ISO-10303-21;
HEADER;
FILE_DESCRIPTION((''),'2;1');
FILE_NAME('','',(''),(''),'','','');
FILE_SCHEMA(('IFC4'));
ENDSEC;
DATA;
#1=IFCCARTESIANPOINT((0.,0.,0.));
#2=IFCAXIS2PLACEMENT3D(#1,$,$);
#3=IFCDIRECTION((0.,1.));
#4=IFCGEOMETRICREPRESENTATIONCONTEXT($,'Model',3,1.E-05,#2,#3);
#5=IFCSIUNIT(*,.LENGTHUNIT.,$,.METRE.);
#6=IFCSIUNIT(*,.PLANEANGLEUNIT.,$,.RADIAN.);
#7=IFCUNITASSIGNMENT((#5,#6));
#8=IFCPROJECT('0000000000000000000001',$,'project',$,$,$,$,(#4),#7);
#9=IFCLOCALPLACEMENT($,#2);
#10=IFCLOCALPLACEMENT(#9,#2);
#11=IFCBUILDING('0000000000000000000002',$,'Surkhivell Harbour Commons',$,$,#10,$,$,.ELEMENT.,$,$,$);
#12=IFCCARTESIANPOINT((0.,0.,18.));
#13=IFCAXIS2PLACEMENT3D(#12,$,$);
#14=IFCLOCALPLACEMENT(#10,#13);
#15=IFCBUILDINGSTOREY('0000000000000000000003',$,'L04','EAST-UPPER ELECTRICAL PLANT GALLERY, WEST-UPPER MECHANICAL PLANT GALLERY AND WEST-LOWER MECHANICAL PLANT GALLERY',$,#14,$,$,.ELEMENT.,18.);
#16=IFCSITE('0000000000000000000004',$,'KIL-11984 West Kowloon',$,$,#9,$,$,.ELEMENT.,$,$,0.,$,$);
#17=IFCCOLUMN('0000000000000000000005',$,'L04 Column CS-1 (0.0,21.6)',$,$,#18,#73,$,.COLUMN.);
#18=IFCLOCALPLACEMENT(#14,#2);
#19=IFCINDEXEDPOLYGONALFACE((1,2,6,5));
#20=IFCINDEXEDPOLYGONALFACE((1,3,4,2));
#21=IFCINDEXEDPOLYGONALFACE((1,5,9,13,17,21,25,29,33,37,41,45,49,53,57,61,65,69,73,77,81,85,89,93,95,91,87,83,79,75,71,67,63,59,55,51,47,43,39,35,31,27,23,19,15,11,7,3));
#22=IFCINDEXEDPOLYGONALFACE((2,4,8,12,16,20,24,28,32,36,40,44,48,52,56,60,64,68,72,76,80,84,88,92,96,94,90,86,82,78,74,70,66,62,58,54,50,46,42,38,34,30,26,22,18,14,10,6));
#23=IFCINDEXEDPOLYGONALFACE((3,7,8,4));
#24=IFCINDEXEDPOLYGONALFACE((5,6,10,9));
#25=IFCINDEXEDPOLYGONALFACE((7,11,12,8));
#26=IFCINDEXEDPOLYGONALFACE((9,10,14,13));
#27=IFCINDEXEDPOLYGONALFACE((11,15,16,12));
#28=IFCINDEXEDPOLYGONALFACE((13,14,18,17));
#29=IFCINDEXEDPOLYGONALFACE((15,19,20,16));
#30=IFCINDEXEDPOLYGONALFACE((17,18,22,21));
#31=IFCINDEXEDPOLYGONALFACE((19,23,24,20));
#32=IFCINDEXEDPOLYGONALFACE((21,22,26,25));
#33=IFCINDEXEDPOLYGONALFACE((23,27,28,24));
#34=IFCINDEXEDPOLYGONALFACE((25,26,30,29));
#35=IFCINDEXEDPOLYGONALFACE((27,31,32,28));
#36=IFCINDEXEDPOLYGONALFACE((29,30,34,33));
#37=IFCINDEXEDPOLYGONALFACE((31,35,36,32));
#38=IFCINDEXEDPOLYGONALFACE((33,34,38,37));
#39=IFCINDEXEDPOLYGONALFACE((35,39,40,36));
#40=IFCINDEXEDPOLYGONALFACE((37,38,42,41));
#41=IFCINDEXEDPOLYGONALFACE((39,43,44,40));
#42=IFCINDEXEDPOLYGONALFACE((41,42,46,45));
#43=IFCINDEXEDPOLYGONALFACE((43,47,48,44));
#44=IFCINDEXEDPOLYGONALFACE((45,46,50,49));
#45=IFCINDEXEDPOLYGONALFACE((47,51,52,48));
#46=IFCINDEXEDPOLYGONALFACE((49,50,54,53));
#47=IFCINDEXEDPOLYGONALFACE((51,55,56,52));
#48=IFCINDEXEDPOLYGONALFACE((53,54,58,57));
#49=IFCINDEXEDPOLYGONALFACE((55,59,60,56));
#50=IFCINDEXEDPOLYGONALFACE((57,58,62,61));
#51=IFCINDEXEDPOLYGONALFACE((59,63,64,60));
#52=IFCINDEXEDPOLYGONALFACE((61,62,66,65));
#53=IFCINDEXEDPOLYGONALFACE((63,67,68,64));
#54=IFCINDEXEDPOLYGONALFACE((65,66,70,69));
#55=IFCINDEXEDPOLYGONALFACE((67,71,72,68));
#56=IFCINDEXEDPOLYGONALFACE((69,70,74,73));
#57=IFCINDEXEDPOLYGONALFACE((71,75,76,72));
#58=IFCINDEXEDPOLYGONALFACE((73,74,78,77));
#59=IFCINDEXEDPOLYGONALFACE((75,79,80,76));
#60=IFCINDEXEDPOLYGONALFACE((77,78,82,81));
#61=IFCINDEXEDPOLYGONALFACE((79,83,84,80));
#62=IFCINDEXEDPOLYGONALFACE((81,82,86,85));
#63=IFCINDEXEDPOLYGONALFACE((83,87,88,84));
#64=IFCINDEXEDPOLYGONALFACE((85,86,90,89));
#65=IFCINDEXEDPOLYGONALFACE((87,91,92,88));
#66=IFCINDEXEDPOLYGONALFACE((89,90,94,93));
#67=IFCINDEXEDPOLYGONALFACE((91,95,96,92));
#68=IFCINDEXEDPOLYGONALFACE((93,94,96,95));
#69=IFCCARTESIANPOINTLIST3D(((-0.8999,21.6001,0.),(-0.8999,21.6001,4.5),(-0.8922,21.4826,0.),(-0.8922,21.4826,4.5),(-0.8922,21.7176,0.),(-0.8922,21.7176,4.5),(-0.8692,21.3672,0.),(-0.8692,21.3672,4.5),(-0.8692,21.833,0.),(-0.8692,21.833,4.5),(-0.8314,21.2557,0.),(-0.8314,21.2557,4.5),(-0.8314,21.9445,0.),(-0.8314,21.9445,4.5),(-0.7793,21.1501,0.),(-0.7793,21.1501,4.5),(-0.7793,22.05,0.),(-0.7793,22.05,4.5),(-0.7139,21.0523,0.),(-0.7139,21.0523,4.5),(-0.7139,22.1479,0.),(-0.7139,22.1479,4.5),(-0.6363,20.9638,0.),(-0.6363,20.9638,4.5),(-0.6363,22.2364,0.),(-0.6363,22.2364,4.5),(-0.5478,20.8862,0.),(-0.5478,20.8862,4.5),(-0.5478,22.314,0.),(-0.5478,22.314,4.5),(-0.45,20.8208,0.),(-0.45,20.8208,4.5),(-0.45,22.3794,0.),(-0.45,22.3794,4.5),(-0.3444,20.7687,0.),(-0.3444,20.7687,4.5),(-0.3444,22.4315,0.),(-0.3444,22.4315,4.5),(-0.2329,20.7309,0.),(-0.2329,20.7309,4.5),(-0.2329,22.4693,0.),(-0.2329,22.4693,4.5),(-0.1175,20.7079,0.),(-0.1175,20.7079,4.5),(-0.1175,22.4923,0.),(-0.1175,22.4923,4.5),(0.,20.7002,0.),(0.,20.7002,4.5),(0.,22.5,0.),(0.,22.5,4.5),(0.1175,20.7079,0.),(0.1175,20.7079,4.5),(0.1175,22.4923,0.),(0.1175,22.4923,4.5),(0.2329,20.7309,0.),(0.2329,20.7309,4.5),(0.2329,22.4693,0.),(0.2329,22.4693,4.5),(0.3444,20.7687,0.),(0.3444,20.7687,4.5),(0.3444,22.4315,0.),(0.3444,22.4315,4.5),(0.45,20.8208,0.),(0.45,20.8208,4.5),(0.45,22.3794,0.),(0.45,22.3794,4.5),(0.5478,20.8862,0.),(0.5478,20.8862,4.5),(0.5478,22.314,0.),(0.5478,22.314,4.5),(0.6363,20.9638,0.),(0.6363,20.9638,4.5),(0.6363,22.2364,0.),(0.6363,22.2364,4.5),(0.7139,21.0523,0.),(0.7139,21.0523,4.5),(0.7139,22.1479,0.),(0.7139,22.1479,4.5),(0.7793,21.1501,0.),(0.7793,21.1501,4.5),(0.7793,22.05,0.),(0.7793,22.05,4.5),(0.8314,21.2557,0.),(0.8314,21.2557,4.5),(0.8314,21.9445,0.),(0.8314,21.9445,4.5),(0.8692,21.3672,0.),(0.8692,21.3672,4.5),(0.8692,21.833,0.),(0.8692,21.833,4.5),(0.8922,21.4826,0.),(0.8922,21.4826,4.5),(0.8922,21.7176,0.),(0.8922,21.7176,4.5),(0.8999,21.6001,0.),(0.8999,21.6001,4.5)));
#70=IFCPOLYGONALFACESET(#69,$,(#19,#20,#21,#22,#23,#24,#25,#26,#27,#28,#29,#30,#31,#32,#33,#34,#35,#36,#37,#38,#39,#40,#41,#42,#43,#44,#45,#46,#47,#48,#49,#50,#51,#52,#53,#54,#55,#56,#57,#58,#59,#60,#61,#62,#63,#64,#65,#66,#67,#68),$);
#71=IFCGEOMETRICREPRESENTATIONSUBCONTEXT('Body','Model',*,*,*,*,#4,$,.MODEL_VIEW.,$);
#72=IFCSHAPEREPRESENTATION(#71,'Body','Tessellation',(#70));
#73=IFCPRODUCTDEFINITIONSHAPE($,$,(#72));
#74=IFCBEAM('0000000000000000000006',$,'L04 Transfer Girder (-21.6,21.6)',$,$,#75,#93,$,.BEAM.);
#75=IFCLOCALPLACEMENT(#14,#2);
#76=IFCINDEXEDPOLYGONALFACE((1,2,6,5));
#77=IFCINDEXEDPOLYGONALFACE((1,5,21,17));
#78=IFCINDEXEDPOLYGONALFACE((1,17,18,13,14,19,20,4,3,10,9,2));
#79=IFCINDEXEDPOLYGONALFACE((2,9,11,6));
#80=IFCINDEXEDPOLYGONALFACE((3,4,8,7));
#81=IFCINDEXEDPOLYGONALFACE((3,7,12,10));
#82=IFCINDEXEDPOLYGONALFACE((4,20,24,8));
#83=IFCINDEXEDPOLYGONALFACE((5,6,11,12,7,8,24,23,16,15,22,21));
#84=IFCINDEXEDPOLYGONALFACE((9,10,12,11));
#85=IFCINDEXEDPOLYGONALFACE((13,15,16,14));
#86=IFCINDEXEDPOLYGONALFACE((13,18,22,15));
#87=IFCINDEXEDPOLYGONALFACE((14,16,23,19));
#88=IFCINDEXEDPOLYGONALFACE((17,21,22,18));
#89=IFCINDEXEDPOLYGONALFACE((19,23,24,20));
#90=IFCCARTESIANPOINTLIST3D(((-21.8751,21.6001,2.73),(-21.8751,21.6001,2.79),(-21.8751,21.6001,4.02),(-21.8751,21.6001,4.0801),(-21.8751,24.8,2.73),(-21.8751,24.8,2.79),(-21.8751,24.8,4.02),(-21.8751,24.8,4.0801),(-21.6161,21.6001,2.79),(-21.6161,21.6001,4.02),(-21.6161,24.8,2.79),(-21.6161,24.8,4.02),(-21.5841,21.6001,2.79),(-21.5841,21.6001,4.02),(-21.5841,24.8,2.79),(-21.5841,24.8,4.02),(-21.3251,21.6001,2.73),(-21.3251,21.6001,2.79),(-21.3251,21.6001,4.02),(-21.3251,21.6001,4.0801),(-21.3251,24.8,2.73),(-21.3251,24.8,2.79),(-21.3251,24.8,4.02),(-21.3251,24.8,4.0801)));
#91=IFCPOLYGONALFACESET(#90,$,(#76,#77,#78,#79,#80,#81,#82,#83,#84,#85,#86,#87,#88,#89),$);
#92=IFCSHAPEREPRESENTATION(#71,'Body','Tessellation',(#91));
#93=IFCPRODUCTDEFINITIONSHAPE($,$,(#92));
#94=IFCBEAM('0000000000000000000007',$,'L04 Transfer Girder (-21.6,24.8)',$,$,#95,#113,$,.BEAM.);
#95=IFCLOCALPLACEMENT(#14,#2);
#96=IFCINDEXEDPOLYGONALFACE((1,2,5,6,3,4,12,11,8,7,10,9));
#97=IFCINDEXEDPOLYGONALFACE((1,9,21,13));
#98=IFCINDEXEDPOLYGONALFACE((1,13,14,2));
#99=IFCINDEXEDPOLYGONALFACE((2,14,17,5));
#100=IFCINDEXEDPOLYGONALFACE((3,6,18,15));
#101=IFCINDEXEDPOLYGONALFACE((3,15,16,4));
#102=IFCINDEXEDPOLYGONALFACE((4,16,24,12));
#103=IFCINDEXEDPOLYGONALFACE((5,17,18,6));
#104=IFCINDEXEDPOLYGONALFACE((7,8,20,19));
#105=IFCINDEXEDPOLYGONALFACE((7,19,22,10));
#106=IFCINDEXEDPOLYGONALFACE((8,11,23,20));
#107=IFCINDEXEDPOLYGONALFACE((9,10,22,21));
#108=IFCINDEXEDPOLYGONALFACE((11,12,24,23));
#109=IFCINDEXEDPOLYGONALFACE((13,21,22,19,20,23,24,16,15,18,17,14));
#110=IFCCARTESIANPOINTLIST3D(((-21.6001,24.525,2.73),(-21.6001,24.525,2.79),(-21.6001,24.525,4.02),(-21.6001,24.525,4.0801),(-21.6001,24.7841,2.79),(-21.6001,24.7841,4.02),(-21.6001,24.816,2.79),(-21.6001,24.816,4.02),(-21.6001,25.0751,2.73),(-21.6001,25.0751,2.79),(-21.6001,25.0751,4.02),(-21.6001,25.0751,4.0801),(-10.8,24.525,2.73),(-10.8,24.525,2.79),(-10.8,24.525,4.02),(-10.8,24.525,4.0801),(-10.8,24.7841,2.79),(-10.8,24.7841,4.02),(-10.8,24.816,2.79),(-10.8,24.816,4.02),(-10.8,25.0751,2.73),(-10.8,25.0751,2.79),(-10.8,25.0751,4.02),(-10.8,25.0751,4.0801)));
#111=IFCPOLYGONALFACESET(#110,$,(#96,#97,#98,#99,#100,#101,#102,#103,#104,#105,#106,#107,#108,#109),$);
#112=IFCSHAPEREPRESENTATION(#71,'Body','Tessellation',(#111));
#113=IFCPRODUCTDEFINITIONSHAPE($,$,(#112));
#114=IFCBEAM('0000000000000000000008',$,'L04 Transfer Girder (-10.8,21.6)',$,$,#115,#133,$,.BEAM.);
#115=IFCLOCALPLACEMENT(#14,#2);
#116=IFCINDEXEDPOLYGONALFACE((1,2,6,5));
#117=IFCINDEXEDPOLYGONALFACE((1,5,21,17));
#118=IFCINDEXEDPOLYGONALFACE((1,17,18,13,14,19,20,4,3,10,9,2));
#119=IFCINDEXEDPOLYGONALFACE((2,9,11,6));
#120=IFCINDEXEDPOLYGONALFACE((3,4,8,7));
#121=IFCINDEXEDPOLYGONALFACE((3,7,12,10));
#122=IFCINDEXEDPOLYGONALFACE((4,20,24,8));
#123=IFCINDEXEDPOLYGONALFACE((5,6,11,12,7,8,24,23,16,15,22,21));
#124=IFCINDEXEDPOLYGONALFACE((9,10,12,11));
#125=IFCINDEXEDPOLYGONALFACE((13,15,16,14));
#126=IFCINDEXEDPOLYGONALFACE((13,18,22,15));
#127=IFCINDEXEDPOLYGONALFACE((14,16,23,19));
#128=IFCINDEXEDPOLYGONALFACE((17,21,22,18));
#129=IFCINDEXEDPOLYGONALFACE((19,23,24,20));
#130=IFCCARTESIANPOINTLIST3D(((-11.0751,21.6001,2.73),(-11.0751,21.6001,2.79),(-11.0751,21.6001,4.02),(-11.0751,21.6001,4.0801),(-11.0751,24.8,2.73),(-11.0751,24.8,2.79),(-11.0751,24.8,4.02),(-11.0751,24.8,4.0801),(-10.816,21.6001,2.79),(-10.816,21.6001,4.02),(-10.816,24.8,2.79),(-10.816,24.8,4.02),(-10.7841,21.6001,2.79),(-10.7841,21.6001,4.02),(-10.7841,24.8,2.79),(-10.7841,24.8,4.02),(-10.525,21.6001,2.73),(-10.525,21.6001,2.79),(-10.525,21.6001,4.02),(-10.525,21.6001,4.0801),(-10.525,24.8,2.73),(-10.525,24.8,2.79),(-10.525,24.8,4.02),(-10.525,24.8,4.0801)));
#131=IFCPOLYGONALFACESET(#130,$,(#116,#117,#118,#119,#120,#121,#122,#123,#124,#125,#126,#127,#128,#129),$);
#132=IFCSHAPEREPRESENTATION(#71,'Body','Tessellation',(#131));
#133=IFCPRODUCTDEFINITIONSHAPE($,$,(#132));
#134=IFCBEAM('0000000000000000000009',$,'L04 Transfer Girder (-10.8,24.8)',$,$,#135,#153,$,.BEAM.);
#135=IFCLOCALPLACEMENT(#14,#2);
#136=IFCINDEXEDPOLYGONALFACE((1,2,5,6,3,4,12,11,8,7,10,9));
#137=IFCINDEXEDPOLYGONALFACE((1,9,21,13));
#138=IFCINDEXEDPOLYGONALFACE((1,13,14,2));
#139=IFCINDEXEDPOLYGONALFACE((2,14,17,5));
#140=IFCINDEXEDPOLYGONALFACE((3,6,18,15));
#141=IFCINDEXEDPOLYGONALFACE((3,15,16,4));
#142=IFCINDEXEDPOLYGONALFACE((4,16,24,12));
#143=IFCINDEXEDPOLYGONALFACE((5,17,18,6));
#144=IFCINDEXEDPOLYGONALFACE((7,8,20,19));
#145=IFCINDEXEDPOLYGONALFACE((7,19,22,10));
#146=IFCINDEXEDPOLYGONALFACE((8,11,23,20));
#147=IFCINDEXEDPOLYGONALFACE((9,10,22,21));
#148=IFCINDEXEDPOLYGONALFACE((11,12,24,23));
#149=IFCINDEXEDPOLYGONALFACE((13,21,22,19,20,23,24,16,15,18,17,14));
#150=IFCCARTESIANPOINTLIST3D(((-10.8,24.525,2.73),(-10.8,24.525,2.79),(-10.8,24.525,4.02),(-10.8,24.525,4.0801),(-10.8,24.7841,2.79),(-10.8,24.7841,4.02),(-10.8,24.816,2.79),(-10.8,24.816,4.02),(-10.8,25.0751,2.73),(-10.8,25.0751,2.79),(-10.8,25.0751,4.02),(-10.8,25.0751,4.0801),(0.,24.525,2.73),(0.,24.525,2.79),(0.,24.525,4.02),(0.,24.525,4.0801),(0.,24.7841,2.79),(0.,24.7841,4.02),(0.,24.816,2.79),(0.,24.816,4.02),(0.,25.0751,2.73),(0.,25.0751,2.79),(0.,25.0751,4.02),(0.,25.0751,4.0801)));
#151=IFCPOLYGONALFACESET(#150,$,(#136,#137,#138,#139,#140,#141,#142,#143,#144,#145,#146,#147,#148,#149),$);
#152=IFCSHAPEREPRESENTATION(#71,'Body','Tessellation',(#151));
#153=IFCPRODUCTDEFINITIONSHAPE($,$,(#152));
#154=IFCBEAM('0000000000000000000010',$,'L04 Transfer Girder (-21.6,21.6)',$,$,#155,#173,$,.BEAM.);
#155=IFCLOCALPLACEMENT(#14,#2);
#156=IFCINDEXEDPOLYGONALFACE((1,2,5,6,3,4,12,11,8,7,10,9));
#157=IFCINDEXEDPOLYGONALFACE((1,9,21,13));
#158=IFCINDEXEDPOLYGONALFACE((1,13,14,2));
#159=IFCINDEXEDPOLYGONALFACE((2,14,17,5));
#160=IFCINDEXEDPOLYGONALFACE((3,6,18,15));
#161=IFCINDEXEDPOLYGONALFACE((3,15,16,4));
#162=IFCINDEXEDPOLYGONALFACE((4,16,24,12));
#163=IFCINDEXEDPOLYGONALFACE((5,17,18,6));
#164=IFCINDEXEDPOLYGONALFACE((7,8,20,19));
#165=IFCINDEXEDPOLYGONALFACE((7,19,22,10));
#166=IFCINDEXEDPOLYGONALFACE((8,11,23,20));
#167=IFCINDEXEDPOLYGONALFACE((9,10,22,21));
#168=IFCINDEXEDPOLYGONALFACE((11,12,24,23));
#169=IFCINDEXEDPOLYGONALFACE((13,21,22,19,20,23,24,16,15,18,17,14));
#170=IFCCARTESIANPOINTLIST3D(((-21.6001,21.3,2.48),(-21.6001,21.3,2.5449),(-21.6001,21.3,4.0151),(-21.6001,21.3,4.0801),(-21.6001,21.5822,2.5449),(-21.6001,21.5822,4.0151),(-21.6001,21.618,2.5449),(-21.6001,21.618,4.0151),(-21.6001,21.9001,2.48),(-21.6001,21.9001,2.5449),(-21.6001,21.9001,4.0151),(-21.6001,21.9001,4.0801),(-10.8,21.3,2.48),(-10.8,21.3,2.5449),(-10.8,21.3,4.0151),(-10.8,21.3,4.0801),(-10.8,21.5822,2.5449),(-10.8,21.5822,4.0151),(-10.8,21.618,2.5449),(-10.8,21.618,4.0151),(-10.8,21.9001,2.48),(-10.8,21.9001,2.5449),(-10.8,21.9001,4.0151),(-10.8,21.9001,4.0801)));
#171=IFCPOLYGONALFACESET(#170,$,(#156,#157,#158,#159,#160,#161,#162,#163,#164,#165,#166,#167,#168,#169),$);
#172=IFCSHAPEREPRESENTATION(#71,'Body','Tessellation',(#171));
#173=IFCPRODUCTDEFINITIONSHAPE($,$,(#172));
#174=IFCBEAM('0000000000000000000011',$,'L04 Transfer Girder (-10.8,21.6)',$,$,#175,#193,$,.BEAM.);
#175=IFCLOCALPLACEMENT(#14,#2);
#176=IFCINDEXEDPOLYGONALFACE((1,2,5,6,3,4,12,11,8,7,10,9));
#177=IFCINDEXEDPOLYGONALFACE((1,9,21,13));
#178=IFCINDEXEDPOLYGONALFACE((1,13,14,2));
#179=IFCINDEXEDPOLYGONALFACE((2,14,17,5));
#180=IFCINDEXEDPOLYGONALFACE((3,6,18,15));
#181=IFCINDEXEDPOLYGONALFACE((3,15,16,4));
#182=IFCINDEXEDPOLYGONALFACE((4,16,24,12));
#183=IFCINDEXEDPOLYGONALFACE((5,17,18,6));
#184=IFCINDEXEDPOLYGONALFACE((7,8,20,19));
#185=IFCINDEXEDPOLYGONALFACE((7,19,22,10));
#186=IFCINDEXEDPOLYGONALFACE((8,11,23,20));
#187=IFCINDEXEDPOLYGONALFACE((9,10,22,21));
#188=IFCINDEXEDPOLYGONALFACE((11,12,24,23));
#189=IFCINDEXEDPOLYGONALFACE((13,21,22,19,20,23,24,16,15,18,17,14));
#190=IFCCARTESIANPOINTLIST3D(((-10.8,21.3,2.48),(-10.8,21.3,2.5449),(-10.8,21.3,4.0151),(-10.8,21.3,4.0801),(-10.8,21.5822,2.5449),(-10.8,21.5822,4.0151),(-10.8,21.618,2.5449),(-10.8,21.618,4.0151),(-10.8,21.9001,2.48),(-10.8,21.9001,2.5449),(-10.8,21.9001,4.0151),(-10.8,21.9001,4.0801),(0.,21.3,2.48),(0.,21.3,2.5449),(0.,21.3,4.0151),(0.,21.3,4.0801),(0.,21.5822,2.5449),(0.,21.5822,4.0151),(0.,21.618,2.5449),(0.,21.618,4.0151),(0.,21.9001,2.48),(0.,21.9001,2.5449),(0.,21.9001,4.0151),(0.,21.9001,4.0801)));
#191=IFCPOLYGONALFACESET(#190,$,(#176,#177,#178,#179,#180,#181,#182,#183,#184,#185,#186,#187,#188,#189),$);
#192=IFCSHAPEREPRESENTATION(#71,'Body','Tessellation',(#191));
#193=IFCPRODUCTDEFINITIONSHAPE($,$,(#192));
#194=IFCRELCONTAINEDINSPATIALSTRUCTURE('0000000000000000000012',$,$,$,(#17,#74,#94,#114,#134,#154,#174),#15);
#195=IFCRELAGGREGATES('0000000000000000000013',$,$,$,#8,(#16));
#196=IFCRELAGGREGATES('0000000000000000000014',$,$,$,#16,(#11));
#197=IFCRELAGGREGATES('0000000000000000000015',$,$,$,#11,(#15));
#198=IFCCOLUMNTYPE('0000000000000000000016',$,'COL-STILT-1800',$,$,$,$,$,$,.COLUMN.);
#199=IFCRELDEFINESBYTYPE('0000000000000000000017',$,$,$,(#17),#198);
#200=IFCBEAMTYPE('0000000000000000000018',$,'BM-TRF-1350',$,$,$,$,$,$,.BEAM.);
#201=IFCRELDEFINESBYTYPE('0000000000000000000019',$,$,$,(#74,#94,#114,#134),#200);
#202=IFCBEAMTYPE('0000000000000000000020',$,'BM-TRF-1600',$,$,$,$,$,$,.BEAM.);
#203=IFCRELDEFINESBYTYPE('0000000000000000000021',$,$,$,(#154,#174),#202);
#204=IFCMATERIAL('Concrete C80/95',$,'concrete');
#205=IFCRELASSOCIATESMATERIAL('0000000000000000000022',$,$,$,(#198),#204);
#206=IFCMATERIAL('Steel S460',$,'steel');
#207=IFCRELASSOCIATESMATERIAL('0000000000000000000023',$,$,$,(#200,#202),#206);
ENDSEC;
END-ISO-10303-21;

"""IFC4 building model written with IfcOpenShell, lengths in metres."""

from ifc_helpers import new_model, si_unit, direction, frame, origin, origin_2d, place, context, subcontext, project, spatial, circle, i_section, extrude, material, material_profile, profile_set, type_object, element, save


model = new_model("IFC4")

# Units and contexts
model_context = context("Model", 3, precision=1e-05, world=origin(), true_north=direction((0.0, 1.0)))
body_context = subcontext(model_context, "Body", "Model", "MODEL_VIEW")
ifc_project = project(units=[si_unit("LENGTHUNIT", "METRE"), si_unit("PLANEANGLEUNIT", "RADIAN")], contexts=[model_context])

# Site, building, storey
site_placement = place(None, origin())
site = spatial("IfcSite", under=ifc_project, at=site_placement, Name="KIL-11984 West Kowloon", CompositionType="ELEMENT", RefElevation=0.0)
building_placement = place(site_placement, origin())
building = spatial("IfcBuilding", under=site, at=building_placement, Name="Surkhivell Harbour Commons", CompositionType="ELEMENT")
storey_placement = place(building_placement, frame((0.0, 0.0, 18.0)))
storey = spatial("IfcBuildingStorey", under=building, at=storey_placement, Name="L04", Description="EAST-UPPER ELECTRICAL PLANT GALLERY, WEST-UPPER MECHANICAL PLANT GALLERY AND WEST-LOWER MECHANICAL PLANT GALLERY", CompositionType="ELEMENT", Elevation=18.0)

# Column
ifc_material_1 = material(Name="Concrete C80/95", Category="concrete")
ifc_material_profile_1 = material_profile(ifc_material_1, circle(Radius=0.8999, at=origin_2d()), Name="RC-CIRC-1800")
ifc_profile_set_1 = profile_set([ifc_material_profile_1], Name="Concrete C80/95")
column_type_1 = type_object("IfcColumnType", Name="COL-STILT-1800", PredefinedType="COLUMN", material=ifc_profile_set_1)
for number, where, z_axis, x_axis, name in (
    (1, (0.0, 21.6001, 0.0), (0.0, 0.0, 1.0), (1.0, 0.0, 0.0), "L04 Column CS-1 (0.0,21.6)"),
):
    element("IfcColumn", number, at=place(storey_placement, frame(where, z_axis=z_axis, x_axis=x_axis)), inside=storey, type_object=column_type_1, Name=name, PredefinedType="COLUMN", context=body_context, shape_type="SweptSolid", body=[
        extrude(circle(Radius=0.8999, at=origin_2d()), origin(), (0.0, 0.0, 1.0), 4.5),
    ])

# Beams
ifc_material_2 = material(Name="Steel S460", Category="steel")
ifc_material_profile_2 = material_profile(ifc_material_2, i_section(OverallWidth=0.55, OverallDepth=1.3501, WebThickness=0.032, FlangeThickness=0.0601, at=origin_2d()), Name="WPG1350x550x248")
ifc_profile_set_2 = profile_set([ifc_material_profile_2], Name="Steel S460")
beam_type_1 = type_object("IfcBeamType", Name="BM-TRF-1350", PredefinedType="BEAM", material=ifc_profile_set_2)
beam_1_placement = place(storey_placement, frame((-21.6001, 21.6001, 3.405), z_axis=(0.0, 1.0, 0.0), x_axis=(-1.0, 0.0, 0.0)))
element("IfcBeam", 2, at=beam_1_placement, inside=storey, type_object=beam_type_1, Name="L04 Transfer Girder (-21.6,21.6)", PredefinedType="BEAM", context=body_context, shape_type="SweptSolid", body=[
    extrude(i_section(OverallWidth=0.55, OverallDepth=1.3501, WebThickness=0.032, FlangeThickness=0.0601, at=origin_2d()), origin(), (0.0, 0.0, 1.0), 3.2),
])
beam_2_placement = place(storey_placement, frame((-21.6001, 24.8, 3.405), z_axis=(1.0, 0.0, 0.0), x_axis=(0.0, 1.0, 0.0)))
element("IfcBeam", 3, at=beam_2_placement, inside=storey, type_object=beam_type_1, Name="L04 Transfer Girder (-21.6,24.8)", PredefinedType="BEAM", context=body_context, shape_type="SweptSolid", body=[
    extrude(i_section(OverallWidth=0.55, OverallDepth=1.3501, WebThickness=0.032, FlangeThickness=0.0601, at=origin_2d()), origin(), (0.0, 0.0, 1.0), 10.8),
])
beam_3_placement = place(storey_placement, frame((-10.8, 21.6001, 3.405), z_axis=(0.0, 1.0, 0.0), x_axis=(-1.0, 0.0, 0.0)))
element("IfcBeam", 4, at=beam_3_placement, inside=storey, type_object=beam_type_1, Name="L04 Transfer Girder (-10.8,21.6)", PredefinedType="BEAM", context=body_context, shape_type="SweptSolid", body=[
    extrude(i_section(OverallWidth=0.55, OverallDepth=1.3501, WebThickness=0.032, FlangeThickness=0.0601, at=origin_2d()), origin(), (0.0, 0.0, 1.0), 3.2),
])
beam_4_placement = place(storey_placement, frame((-10.8, 24.8, 3.405), z_axis=(1.0, 0.0, 0.0), x_axis=(0.0, 1.0, 0.0)))
element("IfcBeam", 5, at=beam_4_placement, inside=storey, type_object=beam_type_1, Name="L04 Transfer Girder (-10.8,24.8)", PredefinedType="BEAM", context=body_context, shape_type="SweptSolid", body=[
    extrude(i_section(OverallWidth=0.55, OverallDepth=1.3501, WebThickness=0.032, FlangeThickness=0.0601, at=origin_2d()), origin(), (0.0, 0.0, 1.0), 10.8),
])
ifc_material_profile_3 = material_profile(ifc_material_2, i_section(OverallWidth=0.6001, OverallDepth=1.6001, WebThickness=0.0359, FlangeThickness=0.0649, at=origin_2d()), Name="WPG1600x600x296")
ifc_profile_set_3 = profile_set([ifc_material_profile_3], Name="Steel S460")
beam_type_2 = type_object("IfcBeamType", Name="BM-TRF-1600", PredefinedType="BEAM", material=ifc_profile_set_3)
for number, where, z_axis, x_axis, name in (
    (6, (-21.6001, 21.6001, 3.28), (1.0, 0.0, 0.0), (0.0, 1.0, 0.0), "L04 Transfer Girder (-21.6,21.6)"),
    (7, (-10.8, 21.6001, 3.28), (1.0, 0.0, 0.0), (0.0, 1.0, 0.0), "L04 Transfer Girder (-10.8,21.6)"),
):
    element("IfcBeam", number, at=place(storey_placement, frame(where, z_axis=z_axis, x_axis=x_axis)), inside=storey, type_object=beam_type_2, Name=name, PredefinedType="BEAM", context=body_context, shape_type="SweptSolid", body=[
        extrude(i_section(OverallWidth=0.6001, OverallDepth=1.6001, WebThickness=0.0359, FlangeThickness=0.0649, at=origin_2d()), origin(), (0.0, 0.0, 1.0), 10.8),
    ])

save(model, "model.ifc")
